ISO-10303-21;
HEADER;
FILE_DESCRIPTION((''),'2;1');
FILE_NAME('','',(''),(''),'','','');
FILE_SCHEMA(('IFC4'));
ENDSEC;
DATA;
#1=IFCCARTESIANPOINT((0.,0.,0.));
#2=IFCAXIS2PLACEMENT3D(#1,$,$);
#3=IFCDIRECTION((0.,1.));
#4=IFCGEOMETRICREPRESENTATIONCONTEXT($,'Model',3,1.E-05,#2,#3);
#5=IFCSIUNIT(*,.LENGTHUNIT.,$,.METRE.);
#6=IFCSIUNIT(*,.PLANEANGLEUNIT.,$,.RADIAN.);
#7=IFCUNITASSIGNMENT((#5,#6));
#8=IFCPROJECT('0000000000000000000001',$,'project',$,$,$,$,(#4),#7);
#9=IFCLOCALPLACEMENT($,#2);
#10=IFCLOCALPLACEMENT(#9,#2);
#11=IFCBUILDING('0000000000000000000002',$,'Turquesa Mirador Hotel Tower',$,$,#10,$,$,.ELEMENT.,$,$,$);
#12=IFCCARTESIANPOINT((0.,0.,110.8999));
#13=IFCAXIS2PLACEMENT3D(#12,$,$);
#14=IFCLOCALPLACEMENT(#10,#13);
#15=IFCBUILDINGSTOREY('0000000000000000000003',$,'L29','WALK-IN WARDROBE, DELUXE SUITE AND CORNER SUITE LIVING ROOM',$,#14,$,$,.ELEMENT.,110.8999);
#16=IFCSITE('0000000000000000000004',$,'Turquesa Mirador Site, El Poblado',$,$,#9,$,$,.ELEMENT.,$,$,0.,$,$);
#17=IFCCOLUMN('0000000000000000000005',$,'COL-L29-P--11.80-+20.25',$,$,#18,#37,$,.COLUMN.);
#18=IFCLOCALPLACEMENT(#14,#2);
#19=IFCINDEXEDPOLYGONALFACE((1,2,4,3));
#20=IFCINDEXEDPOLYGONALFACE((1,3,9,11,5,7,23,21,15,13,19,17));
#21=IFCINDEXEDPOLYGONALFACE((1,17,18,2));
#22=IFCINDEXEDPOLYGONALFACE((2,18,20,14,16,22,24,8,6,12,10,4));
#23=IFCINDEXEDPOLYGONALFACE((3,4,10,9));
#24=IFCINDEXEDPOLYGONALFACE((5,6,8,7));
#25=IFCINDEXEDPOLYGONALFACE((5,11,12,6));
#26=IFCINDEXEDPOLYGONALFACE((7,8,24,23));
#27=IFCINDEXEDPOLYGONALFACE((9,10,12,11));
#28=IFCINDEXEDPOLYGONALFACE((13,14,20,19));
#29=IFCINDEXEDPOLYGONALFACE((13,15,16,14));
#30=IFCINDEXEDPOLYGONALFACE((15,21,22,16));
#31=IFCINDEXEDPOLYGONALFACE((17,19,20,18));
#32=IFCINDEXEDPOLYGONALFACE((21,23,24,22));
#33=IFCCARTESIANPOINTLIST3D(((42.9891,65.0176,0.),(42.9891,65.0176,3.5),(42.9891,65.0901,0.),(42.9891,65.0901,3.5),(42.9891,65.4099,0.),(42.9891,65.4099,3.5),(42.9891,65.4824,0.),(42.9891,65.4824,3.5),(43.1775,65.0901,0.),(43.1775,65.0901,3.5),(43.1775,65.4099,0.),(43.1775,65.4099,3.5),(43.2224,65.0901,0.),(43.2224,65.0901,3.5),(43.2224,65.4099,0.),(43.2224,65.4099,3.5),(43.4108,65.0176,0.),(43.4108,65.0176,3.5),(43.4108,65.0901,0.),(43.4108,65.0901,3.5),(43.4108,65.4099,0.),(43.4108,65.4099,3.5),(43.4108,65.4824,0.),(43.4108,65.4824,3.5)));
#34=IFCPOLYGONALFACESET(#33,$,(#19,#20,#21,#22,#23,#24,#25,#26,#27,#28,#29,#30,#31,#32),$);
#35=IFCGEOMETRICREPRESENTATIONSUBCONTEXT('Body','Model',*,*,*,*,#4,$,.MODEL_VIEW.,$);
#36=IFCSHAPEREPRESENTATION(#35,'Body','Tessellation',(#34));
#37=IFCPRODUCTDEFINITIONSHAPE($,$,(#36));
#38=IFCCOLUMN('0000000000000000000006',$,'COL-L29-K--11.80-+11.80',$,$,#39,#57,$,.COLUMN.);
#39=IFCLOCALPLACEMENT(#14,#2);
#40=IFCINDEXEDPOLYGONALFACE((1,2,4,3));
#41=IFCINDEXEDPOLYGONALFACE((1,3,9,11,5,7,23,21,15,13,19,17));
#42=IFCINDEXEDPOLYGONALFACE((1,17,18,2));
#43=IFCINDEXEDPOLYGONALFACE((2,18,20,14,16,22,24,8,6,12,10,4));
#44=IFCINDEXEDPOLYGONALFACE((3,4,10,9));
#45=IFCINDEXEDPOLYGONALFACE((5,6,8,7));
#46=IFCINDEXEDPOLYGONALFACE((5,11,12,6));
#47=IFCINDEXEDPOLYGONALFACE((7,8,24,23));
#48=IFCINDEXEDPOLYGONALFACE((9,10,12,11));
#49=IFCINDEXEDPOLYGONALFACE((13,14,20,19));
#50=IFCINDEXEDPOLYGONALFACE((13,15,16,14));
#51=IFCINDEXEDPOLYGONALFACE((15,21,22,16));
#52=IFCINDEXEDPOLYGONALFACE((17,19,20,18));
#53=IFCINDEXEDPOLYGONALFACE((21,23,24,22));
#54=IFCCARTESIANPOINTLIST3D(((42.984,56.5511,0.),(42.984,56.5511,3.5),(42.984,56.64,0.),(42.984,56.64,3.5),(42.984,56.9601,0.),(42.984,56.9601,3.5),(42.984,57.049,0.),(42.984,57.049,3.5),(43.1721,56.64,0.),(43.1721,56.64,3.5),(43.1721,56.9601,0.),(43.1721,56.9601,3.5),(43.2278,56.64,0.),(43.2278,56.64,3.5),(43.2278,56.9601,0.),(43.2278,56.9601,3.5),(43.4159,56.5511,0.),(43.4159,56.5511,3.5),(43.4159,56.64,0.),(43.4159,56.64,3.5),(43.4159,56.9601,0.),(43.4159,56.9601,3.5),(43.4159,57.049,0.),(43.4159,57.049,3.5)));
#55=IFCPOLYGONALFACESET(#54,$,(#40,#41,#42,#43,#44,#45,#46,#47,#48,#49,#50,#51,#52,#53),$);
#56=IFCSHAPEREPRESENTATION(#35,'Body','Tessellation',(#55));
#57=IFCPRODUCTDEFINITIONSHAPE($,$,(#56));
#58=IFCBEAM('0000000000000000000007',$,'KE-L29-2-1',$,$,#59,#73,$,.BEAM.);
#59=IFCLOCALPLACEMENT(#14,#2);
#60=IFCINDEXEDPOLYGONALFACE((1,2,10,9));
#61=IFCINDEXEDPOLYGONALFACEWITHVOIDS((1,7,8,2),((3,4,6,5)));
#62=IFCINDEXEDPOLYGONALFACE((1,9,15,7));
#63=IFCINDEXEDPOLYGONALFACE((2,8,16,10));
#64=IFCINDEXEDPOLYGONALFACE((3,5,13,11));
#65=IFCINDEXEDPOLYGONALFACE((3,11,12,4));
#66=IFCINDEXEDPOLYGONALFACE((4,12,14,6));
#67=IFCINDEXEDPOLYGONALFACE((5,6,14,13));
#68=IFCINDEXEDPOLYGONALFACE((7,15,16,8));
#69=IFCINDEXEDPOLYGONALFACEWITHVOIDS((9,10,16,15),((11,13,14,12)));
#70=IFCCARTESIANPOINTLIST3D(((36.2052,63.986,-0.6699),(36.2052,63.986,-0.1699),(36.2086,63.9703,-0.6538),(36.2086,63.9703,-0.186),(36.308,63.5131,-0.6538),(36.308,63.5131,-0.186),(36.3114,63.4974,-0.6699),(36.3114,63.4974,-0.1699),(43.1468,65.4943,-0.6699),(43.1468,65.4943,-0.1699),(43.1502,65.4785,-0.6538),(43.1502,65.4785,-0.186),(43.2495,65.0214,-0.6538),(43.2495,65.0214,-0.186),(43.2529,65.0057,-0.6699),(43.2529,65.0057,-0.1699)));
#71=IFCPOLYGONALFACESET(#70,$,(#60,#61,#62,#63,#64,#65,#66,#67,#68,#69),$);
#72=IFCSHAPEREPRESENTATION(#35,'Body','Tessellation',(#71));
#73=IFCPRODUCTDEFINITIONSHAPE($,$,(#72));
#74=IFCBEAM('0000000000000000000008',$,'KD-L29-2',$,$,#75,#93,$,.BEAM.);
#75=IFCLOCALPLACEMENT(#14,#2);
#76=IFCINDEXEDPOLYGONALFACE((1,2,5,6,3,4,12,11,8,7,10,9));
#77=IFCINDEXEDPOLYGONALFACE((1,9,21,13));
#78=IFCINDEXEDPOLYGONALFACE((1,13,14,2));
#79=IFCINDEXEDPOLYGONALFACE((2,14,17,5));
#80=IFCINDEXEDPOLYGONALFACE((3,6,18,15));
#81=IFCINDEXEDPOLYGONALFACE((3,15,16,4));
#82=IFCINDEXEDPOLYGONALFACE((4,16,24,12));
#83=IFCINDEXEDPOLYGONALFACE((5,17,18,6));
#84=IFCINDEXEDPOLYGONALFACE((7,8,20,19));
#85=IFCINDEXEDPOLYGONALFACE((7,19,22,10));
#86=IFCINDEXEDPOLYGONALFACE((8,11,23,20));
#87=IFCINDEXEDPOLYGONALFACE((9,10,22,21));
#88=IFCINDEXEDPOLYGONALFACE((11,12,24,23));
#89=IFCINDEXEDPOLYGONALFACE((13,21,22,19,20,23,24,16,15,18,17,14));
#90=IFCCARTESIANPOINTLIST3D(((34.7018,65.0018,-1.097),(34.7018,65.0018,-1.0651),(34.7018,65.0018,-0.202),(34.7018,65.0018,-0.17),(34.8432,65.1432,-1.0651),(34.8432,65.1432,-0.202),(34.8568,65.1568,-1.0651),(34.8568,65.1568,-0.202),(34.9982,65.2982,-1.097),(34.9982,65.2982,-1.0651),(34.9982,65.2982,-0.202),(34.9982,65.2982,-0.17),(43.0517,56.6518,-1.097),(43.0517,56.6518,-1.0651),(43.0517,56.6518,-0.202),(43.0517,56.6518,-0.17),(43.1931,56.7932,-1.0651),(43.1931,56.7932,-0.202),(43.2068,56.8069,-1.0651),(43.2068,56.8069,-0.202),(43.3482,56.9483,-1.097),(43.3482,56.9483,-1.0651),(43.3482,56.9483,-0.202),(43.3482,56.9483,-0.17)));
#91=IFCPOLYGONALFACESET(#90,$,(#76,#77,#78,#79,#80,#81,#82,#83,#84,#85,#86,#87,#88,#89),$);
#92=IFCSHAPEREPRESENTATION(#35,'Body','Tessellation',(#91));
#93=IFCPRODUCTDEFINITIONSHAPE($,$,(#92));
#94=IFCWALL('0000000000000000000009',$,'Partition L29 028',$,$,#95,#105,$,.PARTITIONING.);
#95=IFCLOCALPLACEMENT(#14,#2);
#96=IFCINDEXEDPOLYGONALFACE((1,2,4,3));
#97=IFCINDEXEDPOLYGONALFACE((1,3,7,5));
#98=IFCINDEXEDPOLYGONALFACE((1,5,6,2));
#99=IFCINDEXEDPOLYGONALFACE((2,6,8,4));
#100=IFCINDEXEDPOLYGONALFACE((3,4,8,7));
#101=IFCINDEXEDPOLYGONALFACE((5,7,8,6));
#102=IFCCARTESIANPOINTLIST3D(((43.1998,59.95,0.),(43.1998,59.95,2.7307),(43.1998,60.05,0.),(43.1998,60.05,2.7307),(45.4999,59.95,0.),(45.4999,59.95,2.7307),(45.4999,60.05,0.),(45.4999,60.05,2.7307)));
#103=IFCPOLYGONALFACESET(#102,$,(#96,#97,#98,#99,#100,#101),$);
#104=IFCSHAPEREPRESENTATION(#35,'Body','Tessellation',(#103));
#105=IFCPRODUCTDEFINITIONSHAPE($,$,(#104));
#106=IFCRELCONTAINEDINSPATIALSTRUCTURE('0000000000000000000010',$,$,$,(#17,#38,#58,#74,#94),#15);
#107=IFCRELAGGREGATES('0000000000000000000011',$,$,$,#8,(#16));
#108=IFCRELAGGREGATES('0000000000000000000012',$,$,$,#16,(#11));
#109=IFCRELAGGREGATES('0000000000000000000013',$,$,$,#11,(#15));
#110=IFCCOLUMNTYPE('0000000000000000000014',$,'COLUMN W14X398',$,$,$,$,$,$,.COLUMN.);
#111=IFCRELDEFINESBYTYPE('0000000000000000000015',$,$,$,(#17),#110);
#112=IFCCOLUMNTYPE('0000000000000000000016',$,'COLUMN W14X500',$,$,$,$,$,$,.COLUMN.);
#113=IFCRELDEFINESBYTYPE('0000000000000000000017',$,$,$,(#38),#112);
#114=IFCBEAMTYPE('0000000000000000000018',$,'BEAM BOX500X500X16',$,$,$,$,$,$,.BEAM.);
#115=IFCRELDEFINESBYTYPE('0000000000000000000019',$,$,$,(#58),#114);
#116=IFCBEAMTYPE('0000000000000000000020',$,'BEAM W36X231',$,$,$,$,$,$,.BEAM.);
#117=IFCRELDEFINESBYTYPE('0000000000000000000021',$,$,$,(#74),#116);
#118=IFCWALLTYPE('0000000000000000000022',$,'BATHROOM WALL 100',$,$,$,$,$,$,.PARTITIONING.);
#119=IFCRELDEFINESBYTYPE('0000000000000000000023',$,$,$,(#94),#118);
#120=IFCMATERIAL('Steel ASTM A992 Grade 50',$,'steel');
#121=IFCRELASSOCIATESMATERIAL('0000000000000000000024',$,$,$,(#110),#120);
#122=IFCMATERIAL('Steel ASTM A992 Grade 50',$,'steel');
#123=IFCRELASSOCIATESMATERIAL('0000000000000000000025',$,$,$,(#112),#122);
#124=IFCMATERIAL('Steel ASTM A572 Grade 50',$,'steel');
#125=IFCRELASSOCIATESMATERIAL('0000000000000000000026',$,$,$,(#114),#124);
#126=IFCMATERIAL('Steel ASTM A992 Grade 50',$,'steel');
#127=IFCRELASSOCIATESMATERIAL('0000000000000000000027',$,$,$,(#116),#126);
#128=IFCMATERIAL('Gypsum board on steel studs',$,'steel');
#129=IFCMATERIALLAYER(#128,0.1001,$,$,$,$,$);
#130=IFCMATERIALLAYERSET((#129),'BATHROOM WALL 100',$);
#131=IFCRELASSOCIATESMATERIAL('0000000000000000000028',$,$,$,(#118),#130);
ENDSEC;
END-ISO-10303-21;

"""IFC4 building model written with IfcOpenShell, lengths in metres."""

from ifc_helpers import new_model, si_unit, direction, frame, frame_2d, origin, origin_2d, place, context, subcontext, project, spatial, rectangle, hollow_rectangle, i_section, extrude, material, layer, layer_set, material_profile, profile_set, type_object, element, save


model = new_model("IFC4")

# Units and contexts
model_context = context("Model", 3, precision=1e-05, world=origin(), true_north=direction((0.0, 1.0)))
body_context = subcontext(model_context, "Body", "Model", "MODEL_VIEW")
ifc_project = project(units=[si_unit("LENGTHUNIT", "METRE"), si_unit("PLANEANGLEUNIT", "RADIAN")], contexts=[model_context])

# Site, building, storey
site_placement = place(None, origin())
site = spatial("IfcSite", under=ifc_project, at=site_placement, Name="Turquesa Mirador Site, El Poblado", CompositionType="ELEMENT", RefElevation=0.0)
building_placement = place(site_placement, origin())
building = spatial("IfcBuilding", under=site, at=building_placement, Name="Turquesa Mirador Hotel Tower", CompositionType="ELEMENT")
storey_placement = place(building_placement, frame((0.0, 0.0, 110.8999)))
storey = spatial("IfcBuildingStorey", under=building, at=storey_placement, Name="L29", Description="WALK-IN WARDROBE, DELUXE SUITE AND CORNER SUITE LIVING ROOM", CompositionType="ELEMENT", Elevation=110.8999)

# Columns
ifc_material_1 = material(Name="Steel ASTM A992 Grade 50", Category="steel")
ifc_material_profile_1 = material_profile(ifc_material_1, i_section(OverallWidth=0.4216, OverallDepth=0.4648, WebThickness=0.0449, FlangeThickness=0.0725, at=origin_2d()), Name="W14X398")
ifc_profile_set_1 = profile_set([ifc_material_profile_1], Name="Steel ASTM A992 Grade 50")
column_type_1 = type_object("IfcColumnType", Name="COLUMN W14X398", PredefinedType="COLUMN", material=ifc_profile_set_1)
column_1_placement = place(storey_placement, frame((43.2, 65.25, 0.0), z_axis=(0.0, 0.0, 1.0), x_axis=(1.0, 0.0, 0.0)))
element("IfcColumn", 1, at=column_1_placement, inside=storey, type_object=column_type_1, Name="COL-L29-P--11.80-+20.25", PredefinedType="COLUMN", context=body_context, shape_type="SweptSolid", body=[
    extrude(i_section(OverallWidth=0.4216, OverallDepth=0.4648, WebThickness=0.0449, FlangeThickness=0.0725, at=origin_2d()), origin(), (0.0, 0.0, 1.0), 3.5),
])
ifc_material_2 = material(Name="Steel ASTM A992 Grade 50", Category="steel")
ifc_material_profile_2 = material_profile(ifc_material_2, i_section(OverallWidth=0.4319, OverallDepth=0.4978, WebThickness=0.0557, FlangeThickness=0.0889, at=origin_2d()), Name="W14X500")
ifc_profile_set_2 = profile_set([ifc_material_profile_2], Name="Steel ASTM A992 Grade 50")
column_type_2 = type_object("IfcColumnType", Name="COLUMN W14X500", PredefinedType="COLUMN", material=ifc_profile_set_2)
column_2_placement = place(storey_placement, frame((43.2, 56.8, 0.0), z_axis=(0.0, 0.0, 1.0), x_axis=(1.0, 0.0, 0.0)))
element("IfcColumn", 2, at=column_2_placement, inside=storey, type_object=column_type_2, Name="COL-L29-K--11.80-+11.80", PredefinedType="COLUMN", context=body_context, shape_type="SweptSolid", body=[
    extrude(i_section(OverallWidth=0.4319, OverallDepth=0.4978, WebThickness=0.0557, FlangeThickness=0.0889, at=origin_2d()), origin(), (0.0, 0.0, 1.0), 3.5),
])

# Beams
ifc_material_3 = material(Name="Steel ASTM A572 Grade 50", Category="steel")
ifc_material_profile_3 = material_profile(ifc_material_3, hollow_rectangle(XDim=0.5, YDim=0.5, WallThickness=0.0161, at=origin_2d()), Name="BOX500X500X16")
ifc_profile_set_3 = profile_set([ifc_material_profile_3], Name="Steel ASTM A572 Grade 50")
beam_type_1 = type_object("IfcBeamType", Name="BEAM BOX500X500X16", PredefinedType="BEAM", material=ifc_profile_set_3)
beam_1_placement = place(storey_placement, frame((36.2583, 63.7417, -0.4199), z_axis=(0.977198, 0.212328, 0.0), x_axis=(-0.212328, 0.977198, 0.0)))
element("IfcBeam", 3, at=beam_1_placement, inside=storey, type_object=beam_type_1, Name="KE-L29-2-1", PredefinedType="BEAM", context=body_context, shape_type="SweptSolid", body=[
    extrude(hollow_rectangle(XDim=0.5, YDim=0.5, WallThickness=0.0161, at=origin_2d()), origin(), (0.0, 0.0, 1.0), 7.1035),
])
ifc_material_4 = material(Name="Steel ASTM A992 Grade 50", Category="steel")
ifc_material_profile_4 = material_profile(ifc_material_4, i_section(OverallWidth=0.4192, OverallDepth=0.927, WebThickness=0.0193, FlangeThickness=0.032, at=origin_2d()), Name="W36X231")
ifc_profile_set_4 = profile_set([ifc_material_profile_4], Name="Steel ASTM A992 Grade 50")
beam_type_2 = type_object("IfcBeamType", Name="BEAM W36X231", PredefinedType="BEAM", material=ifc_profile_set_4)
beam_2_placement = place(storey_placement, frame((43.2, 56.8, -0.6335), z_axis=(-0.707107, 0.707107, 0.0), x_axis=(-0.707107, -0.707107, 0.0)))
element("IfcBeam", 4, at=beam_2_placement, inside=storey, type_object=beam_type_2, Name="KD-L29-2", PredefinedType="BEAM", context=body_context, shape_type="SweptSolid", body=[
    extrude(i_section(OverallWidth=0.4192, OverallDepth=0.927, WebThickness=0.0193, FlangeThickness=0.032, at=origin_2d()), origin(), (0.0, 0.0, 1.0), 11.8086),
])

# Wall
ifc_material_5 = material(Name="Gypsum board on steel studs", Category="steel")
ifc_layer_1 = layer(ifc_material_5, 0.1001)
ifc_layer_set_1 = layer_set([ifc_layer_1], Name="BATHROOM WALL 100")
wall_type_1 = type_object("IfcWallType", Name="BATHROOM WALL 100", PredefinedType="PARTITIONING", material=ifc_layer_set_1)
wall_1_placement = place(storey_placement, frame((43.2, 60.0, 0.0), z_axis=(0.0, 0.0, 1.0), x_axis=(1.0, 0.0, 0.0)))
element("IfcWall", 5, at=wall_1_placement, inside=storey, type_object=wall_type_1, Name="Partition L29 028", PredefinedType="PARTITIONING", context=body_context, shape_type="SweptSolid", body=[
    extrude(rectangle(XDim=2.3, YDim=0.1001, at=frame_2d((1.1499, 0.0))), origin(), (0.0, 0.0, 1.0), 2.7307),
])

save(model, "model.ifc")
